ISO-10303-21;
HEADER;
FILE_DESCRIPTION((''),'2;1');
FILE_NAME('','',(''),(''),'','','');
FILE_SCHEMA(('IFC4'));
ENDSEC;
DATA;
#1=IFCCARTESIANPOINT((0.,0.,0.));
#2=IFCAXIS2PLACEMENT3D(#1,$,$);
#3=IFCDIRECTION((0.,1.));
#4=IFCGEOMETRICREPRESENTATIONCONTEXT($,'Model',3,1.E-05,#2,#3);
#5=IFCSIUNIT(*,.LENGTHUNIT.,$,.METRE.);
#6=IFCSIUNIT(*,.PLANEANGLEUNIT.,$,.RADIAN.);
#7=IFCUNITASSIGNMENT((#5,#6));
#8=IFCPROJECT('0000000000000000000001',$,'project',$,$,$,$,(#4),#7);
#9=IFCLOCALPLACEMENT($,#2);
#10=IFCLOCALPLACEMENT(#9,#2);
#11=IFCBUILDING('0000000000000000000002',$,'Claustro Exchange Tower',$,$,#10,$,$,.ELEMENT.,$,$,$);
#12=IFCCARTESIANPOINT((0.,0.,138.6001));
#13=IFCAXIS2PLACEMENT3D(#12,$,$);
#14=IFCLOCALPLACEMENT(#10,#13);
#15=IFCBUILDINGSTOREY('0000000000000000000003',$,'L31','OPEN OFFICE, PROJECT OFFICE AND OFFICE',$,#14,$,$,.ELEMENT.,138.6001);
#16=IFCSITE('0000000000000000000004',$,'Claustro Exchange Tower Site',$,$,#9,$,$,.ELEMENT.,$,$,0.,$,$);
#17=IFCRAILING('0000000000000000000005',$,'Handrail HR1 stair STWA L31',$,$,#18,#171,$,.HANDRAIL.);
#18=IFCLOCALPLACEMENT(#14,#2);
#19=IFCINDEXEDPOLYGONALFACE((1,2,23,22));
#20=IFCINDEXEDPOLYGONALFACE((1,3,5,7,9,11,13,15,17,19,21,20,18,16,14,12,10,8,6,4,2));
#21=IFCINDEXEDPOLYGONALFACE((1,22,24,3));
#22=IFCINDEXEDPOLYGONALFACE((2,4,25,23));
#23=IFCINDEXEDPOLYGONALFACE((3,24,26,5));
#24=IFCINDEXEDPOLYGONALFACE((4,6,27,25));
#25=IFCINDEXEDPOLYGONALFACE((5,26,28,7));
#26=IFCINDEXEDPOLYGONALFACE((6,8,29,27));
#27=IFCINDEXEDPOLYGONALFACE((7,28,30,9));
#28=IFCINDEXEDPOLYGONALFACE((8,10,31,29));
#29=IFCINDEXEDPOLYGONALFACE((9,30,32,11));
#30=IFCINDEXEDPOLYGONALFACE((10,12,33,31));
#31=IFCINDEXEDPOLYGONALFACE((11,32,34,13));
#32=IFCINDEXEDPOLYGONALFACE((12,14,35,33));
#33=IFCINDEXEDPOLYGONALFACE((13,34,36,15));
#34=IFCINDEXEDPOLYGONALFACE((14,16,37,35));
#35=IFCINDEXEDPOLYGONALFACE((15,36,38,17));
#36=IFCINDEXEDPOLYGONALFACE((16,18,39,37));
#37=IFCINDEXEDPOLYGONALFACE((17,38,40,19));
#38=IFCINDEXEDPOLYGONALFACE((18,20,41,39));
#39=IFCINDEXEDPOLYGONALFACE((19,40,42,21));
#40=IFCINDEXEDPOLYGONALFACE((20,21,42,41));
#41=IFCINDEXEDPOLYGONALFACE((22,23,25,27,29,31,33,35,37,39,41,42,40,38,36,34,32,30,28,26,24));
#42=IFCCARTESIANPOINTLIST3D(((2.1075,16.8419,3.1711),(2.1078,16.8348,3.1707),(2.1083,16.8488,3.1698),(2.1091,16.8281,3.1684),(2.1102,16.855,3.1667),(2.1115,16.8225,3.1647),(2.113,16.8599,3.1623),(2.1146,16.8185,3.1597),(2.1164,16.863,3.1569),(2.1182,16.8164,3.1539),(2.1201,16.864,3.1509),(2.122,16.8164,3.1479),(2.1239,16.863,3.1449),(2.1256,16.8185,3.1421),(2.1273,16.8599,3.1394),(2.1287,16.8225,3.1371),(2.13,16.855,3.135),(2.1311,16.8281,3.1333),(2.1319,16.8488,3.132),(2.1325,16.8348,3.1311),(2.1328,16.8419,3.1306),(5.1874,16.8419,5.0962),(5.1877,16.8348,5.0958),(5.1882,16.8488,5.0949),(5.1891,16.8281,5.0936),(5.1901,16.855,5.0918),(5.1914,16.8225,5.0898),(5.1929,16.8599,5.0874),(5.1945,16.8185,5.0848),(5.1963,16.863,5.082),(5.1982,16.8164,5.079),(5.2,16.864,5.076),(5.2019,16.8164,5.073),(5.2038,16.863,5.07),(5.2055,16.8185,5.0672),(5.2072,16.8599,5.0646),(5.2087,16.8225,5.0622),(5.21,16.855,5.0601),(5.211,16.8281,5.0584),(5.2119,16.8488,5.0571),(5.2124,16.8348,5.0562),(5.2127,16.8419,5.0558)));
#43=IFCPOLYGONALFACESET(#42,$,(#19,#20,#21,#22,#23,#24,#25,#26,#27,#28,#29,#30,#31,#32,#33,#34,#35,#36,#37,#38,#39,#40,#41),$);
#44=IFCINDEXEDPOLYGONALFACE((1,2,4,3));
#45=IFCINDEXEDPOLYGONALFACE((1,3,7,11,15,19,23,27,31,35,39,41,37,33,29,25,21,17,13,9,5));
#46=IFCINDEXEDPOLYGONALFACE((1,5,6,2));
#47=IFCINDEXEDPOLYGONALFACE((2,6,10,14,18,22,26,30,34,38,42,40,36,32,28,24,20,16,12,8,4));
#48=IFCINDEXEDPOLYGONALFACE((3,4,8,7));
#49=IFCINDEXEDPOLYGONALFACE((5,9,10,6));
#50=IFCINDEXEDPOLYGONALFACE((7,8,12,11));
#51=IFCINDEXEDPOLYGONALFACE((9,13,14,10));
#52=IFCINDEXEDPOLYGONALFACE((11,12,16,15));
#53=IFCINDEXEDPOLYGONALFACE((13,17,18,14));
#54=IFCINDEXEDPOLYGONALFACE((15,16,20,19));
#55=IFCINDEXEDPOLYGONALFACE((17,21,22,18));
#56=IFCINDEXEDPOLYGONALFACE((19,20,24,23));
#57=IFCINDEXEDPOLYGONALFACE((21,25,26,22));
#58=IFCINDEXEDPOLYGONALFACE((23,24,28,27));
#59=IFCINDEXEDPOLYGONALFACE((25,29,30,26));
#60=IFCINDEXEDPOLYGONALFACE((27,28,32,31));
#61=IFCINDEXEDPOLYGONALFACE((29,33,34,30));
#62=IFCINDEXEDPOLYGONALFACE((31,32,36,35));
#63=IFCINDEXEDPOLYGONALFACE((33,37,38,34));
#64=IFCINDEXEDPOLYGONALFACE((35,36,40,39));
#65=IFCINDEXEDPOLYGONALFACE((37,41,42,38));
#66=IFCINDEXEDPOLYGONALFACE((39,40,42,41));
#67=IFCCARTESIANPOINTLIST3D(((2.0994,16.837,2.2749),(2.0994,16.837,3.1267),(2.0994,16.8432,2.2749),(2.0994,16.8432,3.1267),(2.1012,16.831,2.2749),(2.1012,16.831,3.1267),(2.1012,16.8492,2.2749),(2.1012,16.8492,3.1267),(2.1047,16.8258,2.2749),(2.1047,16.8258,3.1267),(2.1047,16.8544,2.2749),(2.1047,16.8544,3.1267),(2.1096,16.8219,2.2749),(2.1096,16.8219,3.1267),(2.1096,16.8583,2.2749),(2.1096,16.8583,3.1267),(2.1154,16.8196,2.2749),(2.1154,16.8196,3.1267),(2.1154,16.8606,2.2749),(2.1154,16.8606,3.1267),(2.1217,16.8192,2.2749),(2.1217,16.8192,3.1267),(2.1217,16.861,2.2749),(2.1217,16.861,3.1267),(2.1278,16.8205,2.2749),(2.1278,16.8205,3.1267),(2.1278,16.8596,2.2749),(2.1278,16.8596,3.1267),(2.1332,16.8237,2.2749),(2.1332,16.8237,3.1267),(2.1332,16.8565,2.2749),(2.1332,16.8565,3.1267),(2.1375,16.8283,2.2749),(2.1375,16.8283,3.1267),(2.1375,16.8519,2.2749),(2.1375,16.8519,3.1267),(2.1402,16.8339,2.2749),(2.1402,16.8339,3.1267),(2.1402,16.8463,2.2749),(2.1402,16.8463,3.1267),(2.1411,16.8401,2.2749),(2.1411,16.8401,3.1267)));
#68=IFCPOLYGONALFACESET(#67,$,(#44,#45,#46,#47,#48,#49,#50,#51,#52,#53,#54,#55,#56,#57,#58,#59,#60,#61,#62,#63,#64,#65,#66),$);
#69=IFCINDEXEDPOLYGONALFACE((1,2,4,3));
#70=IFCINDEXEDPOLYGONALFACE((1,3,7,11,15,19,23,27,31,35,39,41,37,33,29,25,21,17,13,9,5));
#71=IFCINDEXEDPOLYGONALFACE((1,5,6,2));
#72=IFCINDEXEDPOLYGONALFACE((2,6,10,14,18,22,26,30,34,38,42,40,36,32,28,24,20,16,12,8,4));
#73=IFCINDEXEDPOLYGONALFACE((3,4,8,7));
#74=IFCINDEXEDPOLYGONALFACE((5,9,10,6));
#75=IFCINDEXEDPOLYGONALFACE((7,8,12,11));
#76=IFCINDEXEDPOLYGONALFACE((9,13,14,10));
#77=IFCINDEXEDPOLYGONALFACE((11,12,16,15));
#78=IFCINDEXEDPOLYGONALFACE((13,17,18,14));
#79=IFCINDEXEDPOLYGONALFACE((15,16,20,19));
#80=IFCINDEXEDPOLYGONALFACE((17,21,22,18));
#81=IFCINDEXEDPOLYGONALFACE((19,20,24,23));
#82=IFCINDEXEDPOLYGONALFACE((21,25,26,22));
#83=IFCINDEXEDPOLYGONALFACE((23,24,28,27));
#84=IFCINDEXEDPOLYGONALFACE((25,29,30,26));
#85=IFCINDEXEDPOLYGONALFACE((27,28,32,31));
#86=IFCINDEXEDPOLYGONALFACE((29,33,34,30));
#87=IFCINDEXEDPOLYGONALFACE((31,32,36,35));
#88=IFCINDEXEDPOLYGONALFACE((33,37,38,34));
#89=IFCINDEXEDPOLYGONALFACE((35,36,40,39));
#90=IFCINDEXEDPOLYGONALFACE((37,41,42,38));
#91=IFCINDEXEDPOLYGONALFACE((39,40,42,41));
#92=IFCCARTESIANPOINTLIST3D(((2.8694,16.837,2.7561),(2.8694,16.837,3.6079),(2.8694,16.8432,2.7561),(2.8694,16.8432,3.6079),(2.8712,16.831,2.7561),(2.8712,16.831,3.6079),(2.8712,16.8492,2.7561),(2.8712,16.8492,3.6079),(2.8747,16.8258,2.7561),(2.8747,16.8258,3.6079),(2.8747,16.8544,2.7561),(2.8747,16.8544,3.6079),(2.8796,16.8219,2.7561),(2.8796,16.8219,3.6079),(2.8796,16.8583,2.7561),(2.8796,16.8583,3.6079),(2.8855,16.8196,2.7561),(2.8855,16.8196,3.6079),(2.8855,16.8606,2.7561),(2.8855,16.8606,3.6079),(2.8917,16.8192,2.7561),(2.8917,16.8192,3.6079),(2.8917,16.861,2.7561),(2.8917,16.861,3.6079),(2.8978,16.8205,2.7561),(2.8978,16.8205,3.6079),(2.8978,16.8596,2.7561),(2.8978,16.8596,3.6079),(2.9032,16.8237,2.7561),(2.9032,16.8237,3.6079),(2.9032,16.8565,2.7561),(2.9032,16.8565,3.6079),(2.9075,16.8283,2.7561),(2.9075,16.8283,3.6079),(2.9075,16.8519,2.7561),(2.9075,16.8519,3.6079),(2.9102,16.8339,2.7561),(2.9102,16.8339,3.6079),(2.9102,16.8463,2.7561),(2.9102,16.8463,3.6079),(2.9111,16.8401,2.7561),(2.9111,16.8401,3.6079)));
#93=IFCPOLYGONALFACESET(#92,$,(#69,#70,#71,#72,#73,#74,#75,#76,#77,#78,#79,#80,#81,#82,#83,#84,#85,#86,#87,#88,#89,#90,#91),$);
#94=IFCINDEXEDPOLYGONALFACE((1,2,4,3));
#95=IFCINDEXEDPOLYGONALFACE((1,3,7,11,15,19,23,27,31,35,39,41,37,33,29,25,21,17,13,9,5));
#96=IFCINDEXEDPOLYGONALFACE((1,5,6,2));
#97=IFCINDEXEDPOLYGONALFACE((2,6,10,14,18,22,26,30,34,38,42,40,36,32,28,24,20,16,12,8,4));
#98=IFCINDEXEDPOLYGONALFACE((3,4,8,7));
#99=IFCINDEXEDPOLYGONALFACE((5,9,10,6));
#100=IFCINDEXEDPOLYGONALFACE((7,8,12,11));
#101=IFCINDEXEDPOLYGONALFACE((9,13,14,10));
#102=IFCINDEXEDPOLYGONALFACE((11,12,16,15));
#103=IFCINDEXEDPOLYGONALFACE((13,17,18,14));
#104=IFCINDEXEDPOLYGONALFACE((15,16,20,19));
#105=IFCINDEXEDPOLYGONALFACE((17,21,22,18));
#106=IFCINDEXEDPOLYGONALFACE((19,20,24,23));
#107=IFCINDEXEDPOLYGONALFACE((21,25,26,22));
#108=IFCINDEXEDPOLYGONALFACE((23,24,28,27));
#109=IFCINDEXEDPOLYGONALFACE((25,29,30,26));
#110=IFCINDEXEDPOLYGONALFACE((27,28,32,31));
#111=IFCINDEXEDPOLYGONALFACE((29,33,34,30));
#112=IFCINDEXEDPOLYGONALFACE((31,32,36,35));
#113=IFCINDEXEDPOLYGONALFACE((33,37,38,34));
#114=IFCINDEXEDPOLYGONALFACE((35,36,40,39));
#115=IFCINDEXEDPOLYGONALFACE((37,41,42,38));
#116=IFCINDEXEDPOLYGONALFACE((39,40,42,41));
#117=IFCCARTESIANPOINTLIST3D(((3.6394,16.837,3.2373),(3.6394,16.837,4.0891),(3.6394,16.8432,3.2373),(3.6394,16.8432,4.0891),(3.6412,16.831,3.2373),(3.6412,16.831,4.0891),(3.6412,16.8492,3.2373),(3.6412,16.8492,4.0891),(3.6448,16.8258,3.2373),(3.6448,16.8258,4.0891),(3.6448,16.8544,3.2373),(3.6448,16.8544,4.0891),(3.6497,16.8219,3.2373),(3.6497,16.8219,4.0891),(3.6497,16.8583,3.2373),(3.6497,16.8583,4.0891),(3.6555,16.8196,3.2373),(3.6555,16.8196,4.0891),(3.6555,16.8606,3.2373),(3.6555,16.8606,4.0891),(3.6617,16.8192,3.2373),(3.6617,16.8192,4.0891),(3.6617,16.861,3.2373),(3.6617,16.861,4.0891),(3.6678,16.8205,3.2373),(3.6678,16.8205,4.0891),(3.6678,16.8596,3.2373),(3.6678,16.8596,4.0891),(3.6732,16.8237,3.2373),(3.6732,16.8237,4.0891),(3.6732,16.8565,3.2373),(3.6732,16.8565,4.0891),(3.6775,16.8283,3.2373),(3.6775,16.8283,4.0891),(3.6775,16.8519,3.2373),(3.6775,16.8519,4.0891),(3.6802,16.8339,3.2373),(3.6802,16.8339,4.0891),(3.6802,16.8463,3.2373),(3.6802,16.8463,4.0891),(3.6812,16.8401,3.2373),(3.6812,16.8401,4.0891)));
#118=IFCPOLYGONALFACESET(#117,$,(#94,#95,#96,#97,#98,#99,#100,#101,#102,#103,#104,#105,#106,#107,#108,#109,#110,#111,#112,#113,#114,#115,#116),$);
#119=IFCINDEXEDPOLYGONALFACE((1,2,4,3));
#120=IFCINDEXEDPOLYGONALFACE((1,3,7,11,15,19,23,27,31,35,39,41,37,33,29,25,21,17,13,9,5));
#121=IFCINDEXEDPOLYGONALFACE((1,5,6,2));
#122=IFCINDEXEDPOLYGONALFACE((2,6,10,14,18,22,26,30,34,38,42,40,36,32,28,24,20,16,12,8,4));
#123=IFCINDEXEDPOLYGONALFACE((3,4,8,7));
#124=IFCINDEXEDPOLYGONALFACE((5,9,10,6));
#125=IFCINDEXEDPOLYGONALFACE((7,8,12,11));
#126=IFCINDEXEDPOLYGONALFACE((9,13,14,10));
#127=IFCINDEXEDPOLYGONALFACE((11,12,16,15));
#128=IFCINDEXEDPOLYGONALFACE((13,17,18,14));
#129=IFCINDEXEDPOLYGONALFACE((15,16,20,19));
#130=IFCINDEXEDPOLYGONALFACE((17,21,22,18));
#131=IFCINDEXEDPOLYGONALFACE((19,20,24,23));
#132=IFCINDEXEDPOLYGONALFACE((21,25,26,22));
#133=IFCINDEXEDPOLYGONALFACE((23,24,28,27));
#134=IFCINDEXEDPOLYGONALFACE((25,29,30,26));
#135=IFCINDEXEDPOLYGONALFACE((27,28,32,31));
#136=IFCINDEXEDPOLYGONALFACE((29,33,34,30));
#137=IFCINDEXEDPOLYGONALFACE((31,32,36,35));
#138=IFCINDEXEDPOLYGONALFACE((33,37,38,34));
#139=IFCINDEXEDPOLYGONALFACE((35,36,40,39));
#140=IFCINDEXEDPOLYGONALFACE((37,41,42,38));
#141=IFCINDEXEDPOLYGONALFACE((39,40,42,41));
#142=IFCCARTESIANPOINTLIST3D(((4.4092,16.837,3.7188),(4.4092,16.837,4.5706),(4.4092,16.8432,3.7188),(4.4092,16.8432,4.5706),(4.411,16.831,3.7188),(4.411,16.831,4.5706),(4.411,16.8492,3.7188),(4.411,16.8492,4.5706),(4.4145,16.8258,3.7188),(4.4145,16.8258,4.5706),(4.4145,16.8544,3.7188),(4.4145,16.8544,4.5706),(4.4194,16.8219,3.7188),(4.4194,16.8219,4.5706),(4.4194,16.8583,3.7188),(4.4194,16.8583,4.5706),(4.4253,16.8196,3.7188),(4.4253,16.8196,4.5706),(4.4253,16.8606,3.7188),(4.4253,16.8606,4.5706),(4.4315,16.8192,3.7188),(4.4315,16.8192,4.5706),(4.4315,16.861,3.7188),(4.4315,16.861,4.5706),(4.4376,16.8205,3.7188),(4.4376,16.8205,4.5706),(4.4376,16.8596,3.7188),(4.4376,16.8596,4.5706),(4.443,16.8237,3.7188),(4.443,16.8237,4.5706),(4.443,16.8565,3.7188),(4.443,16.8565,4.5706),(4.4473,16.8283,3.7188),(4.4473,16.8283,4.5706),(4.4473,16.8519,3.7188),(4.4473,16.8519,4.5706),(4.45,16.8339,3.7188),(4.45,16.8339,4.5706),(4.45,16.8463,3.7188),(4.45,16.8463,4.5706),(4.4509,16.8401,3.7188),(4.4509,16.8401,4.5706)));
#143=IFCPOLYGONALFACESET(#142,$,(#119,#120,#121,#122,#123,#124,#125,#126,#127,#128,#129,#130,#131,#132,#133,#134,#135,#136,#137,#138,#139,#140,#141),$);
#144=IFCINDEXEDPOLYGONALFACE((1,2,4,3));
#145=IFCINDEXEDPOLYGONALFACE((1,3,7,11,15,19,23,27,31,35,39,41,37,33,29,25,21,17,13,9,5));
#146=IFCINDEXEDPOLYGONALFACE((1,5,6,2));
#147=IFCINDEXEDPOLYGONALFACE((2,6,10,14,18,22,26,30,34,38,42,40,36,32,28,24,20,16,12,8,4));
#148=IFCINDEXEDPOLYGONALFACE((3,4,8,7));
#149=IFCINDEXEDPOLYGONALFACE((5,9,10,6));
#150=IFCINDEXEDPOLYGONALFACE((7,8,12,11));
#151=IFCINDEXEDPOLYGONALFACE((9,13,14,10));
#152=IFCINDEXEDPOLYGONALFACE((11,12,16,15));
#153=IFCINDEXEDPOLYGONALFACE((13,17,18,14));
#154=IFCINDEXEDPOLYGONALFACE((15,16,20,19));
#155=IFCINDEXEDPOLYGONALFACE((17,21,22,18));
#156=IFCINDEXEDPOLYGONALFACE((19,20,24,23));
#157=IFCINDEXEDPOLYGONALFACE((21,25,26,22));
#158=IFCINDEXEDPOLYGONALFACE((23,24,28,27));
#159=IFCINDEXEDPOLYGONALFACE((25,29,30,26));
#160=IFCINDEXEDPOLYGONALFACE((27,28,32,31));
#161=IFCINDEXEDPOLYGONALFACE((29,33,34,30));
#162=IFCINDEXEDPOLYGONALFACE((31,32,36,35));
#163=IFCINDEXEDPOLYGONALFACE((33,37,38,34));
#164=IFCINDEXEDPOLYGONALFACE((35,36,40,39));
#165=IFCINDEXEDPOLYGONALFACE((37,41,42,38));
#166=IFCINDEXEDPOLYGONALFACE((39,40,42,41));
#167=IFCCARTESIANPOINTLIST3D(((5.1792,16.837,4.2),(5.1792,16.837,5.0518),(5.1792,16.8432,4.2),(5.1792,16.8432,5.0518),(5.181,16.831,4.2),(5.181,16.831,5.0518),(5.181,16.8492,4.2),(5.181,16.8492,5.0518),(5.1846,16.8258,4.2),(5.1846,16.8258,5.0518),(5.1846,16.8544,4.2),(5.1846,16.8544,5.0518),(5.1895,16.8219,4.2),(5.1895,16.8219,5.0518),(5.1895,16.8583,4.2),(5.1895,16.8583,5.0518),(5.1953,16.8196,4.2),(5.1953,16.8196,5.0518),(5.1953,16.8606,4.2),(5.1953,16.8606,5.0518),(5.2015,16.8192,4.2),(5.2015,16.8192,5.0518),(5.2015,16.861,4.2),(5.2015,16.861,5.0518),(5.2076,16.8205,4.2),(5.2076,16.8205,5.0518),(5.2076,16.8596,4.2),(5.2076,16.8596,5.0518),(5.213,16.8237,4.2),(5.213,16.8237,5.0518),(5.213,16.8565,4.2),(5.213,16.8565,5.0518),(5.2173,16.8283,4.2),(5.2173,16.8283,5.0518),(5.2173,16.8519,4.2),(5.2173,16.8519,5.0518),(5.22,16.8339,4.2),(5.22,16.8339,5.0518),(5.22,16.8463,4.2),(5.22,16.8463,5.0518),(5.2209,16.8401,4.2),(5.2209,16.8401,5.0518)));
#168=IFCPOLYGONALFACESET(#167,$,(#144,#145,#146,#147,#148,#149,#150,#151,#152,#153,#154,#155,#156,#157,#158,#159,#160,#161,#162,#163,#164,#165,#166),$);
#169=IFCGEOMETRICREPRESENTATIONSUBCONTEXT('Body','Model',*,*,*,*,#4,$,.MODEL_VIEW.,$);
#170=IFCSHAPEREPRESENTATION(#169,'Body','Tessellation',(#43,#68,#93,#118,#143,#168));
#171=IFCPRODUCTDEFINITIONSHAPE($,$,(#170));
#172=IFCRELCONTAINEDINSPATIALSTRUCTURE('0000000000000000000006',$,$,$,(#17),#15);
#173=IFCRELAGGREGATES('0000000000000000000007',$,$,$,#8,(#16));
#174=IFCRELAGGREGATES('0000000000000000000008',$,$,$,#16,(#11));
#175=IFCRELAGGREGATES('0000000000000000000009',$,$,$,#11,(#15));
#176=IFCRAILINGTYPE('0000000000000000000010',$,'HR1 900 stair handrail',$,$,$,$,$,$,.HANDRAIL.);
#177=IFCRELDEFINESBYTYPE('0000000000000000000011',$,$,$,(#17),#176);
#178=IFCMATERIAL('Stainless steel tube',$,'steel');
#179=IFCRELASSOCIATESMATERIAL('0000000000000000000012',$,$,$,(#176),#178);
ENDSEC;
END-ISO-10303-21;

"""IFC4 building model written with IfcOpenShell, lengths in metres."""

from ifc_helpers import new_model, si_unit, direction, frame, origin, origin_2d, place, context, subcontext, project, spatial, circle, extrude, material, type_object, element, save


model = new_model("IFC4")

# Units and contexts
model_context = context("Model", 3, precision=1e-05, world=origin(), true_north=direction((0.0, 1.0)))
body_context = subcontext(model_context, "Body", "Model", "MODEL_VIEW")
ifc_project = project(units=[si_unit("LENGTHUNIT", "METRE"), si_unit("PLANEANGLEUNIT", "RADIAN")], contexts=[model_context])

# Site, building, storey
site_placement = place(None, origin())
site = spatial("IfcSite", under=ifc_project, at=site_placement, Name="Claustro Exchange Tower Site", CompositionType="ELEMENT", RefElevation=0.0)
building_placement = place(site_placement, origin())
building = spatial("IfcBuilding", under=site, at=building_placement, Name="Claustro Exchange Tower", CompositionType="ELEMENT")
storey_placement = place(building_placement, frame((0.0, 0.0, 138.6001)))
storey = spatial("IfcBuildingStorey", under=building, at=storey_placement, Name="L31", Description="OPEN OFFICE, PROJECT OFFICE AND OFFICE", CompositionType="ELEMENT", Elevation=138.6001)

# Railing
ifc_material_1 = material(Name="Stainless steel tube", Category="steel")
railing_type = type_object("IfcRailingType", Name="HR1 900 stair handrail", PredefinedType="HANDRAIL", material=ifc_material_1)
railing_placement = place(storey_placement, frame((2.1201, 16.8401, 2.2749)))
element("IfcRailing", 1, at=railing_placement, inside=storey, type_object=railing_type, Name="Handrail HR1 stair STWA L31", PredefinedType="HANDRAIL", context=body_context, shape_type="SweptSolid", body=[
    extrude(circle(Radius=0.0239, at=origin_2d()), frame((0.0, 0.0, 0.876), z_axis=(0.847979, 0.0, 0.530029), x_axis=(0.0, 1.0, 0.0)), (0.0, 0.0, 1.0), 3.6321),
    extrude(circle(Radius=0.021, at=origin_2d()), origin(), (0.0, 0.0, 1.0), 0.8518),
    extrude(circle(Radius=0.021, at=origin_2d()), frame((0.77, 0.0, 0.4812)), (0.0, 0.0, 1.0), 0.8518),
    extrude(circle(Radius=0.021, at=origin_2d()), frame((1.54, 0.0, 0.9624)), (0.0, 0.0, 1.0), 0.8518),
    extrude(circle(Radius=0.021, at=origin_2d()), frame((2.3098, 0.0, 1.4438)), (0.0, 0.0, 1.0), 0.8518),
    extrude(circle(Radius=0.021, at=origin_2d()), frame((3.0798, 0.0, 1.925)), (0.0, 0.0, 1.0), 0.8518),
])

save(model, "model.ifc")
